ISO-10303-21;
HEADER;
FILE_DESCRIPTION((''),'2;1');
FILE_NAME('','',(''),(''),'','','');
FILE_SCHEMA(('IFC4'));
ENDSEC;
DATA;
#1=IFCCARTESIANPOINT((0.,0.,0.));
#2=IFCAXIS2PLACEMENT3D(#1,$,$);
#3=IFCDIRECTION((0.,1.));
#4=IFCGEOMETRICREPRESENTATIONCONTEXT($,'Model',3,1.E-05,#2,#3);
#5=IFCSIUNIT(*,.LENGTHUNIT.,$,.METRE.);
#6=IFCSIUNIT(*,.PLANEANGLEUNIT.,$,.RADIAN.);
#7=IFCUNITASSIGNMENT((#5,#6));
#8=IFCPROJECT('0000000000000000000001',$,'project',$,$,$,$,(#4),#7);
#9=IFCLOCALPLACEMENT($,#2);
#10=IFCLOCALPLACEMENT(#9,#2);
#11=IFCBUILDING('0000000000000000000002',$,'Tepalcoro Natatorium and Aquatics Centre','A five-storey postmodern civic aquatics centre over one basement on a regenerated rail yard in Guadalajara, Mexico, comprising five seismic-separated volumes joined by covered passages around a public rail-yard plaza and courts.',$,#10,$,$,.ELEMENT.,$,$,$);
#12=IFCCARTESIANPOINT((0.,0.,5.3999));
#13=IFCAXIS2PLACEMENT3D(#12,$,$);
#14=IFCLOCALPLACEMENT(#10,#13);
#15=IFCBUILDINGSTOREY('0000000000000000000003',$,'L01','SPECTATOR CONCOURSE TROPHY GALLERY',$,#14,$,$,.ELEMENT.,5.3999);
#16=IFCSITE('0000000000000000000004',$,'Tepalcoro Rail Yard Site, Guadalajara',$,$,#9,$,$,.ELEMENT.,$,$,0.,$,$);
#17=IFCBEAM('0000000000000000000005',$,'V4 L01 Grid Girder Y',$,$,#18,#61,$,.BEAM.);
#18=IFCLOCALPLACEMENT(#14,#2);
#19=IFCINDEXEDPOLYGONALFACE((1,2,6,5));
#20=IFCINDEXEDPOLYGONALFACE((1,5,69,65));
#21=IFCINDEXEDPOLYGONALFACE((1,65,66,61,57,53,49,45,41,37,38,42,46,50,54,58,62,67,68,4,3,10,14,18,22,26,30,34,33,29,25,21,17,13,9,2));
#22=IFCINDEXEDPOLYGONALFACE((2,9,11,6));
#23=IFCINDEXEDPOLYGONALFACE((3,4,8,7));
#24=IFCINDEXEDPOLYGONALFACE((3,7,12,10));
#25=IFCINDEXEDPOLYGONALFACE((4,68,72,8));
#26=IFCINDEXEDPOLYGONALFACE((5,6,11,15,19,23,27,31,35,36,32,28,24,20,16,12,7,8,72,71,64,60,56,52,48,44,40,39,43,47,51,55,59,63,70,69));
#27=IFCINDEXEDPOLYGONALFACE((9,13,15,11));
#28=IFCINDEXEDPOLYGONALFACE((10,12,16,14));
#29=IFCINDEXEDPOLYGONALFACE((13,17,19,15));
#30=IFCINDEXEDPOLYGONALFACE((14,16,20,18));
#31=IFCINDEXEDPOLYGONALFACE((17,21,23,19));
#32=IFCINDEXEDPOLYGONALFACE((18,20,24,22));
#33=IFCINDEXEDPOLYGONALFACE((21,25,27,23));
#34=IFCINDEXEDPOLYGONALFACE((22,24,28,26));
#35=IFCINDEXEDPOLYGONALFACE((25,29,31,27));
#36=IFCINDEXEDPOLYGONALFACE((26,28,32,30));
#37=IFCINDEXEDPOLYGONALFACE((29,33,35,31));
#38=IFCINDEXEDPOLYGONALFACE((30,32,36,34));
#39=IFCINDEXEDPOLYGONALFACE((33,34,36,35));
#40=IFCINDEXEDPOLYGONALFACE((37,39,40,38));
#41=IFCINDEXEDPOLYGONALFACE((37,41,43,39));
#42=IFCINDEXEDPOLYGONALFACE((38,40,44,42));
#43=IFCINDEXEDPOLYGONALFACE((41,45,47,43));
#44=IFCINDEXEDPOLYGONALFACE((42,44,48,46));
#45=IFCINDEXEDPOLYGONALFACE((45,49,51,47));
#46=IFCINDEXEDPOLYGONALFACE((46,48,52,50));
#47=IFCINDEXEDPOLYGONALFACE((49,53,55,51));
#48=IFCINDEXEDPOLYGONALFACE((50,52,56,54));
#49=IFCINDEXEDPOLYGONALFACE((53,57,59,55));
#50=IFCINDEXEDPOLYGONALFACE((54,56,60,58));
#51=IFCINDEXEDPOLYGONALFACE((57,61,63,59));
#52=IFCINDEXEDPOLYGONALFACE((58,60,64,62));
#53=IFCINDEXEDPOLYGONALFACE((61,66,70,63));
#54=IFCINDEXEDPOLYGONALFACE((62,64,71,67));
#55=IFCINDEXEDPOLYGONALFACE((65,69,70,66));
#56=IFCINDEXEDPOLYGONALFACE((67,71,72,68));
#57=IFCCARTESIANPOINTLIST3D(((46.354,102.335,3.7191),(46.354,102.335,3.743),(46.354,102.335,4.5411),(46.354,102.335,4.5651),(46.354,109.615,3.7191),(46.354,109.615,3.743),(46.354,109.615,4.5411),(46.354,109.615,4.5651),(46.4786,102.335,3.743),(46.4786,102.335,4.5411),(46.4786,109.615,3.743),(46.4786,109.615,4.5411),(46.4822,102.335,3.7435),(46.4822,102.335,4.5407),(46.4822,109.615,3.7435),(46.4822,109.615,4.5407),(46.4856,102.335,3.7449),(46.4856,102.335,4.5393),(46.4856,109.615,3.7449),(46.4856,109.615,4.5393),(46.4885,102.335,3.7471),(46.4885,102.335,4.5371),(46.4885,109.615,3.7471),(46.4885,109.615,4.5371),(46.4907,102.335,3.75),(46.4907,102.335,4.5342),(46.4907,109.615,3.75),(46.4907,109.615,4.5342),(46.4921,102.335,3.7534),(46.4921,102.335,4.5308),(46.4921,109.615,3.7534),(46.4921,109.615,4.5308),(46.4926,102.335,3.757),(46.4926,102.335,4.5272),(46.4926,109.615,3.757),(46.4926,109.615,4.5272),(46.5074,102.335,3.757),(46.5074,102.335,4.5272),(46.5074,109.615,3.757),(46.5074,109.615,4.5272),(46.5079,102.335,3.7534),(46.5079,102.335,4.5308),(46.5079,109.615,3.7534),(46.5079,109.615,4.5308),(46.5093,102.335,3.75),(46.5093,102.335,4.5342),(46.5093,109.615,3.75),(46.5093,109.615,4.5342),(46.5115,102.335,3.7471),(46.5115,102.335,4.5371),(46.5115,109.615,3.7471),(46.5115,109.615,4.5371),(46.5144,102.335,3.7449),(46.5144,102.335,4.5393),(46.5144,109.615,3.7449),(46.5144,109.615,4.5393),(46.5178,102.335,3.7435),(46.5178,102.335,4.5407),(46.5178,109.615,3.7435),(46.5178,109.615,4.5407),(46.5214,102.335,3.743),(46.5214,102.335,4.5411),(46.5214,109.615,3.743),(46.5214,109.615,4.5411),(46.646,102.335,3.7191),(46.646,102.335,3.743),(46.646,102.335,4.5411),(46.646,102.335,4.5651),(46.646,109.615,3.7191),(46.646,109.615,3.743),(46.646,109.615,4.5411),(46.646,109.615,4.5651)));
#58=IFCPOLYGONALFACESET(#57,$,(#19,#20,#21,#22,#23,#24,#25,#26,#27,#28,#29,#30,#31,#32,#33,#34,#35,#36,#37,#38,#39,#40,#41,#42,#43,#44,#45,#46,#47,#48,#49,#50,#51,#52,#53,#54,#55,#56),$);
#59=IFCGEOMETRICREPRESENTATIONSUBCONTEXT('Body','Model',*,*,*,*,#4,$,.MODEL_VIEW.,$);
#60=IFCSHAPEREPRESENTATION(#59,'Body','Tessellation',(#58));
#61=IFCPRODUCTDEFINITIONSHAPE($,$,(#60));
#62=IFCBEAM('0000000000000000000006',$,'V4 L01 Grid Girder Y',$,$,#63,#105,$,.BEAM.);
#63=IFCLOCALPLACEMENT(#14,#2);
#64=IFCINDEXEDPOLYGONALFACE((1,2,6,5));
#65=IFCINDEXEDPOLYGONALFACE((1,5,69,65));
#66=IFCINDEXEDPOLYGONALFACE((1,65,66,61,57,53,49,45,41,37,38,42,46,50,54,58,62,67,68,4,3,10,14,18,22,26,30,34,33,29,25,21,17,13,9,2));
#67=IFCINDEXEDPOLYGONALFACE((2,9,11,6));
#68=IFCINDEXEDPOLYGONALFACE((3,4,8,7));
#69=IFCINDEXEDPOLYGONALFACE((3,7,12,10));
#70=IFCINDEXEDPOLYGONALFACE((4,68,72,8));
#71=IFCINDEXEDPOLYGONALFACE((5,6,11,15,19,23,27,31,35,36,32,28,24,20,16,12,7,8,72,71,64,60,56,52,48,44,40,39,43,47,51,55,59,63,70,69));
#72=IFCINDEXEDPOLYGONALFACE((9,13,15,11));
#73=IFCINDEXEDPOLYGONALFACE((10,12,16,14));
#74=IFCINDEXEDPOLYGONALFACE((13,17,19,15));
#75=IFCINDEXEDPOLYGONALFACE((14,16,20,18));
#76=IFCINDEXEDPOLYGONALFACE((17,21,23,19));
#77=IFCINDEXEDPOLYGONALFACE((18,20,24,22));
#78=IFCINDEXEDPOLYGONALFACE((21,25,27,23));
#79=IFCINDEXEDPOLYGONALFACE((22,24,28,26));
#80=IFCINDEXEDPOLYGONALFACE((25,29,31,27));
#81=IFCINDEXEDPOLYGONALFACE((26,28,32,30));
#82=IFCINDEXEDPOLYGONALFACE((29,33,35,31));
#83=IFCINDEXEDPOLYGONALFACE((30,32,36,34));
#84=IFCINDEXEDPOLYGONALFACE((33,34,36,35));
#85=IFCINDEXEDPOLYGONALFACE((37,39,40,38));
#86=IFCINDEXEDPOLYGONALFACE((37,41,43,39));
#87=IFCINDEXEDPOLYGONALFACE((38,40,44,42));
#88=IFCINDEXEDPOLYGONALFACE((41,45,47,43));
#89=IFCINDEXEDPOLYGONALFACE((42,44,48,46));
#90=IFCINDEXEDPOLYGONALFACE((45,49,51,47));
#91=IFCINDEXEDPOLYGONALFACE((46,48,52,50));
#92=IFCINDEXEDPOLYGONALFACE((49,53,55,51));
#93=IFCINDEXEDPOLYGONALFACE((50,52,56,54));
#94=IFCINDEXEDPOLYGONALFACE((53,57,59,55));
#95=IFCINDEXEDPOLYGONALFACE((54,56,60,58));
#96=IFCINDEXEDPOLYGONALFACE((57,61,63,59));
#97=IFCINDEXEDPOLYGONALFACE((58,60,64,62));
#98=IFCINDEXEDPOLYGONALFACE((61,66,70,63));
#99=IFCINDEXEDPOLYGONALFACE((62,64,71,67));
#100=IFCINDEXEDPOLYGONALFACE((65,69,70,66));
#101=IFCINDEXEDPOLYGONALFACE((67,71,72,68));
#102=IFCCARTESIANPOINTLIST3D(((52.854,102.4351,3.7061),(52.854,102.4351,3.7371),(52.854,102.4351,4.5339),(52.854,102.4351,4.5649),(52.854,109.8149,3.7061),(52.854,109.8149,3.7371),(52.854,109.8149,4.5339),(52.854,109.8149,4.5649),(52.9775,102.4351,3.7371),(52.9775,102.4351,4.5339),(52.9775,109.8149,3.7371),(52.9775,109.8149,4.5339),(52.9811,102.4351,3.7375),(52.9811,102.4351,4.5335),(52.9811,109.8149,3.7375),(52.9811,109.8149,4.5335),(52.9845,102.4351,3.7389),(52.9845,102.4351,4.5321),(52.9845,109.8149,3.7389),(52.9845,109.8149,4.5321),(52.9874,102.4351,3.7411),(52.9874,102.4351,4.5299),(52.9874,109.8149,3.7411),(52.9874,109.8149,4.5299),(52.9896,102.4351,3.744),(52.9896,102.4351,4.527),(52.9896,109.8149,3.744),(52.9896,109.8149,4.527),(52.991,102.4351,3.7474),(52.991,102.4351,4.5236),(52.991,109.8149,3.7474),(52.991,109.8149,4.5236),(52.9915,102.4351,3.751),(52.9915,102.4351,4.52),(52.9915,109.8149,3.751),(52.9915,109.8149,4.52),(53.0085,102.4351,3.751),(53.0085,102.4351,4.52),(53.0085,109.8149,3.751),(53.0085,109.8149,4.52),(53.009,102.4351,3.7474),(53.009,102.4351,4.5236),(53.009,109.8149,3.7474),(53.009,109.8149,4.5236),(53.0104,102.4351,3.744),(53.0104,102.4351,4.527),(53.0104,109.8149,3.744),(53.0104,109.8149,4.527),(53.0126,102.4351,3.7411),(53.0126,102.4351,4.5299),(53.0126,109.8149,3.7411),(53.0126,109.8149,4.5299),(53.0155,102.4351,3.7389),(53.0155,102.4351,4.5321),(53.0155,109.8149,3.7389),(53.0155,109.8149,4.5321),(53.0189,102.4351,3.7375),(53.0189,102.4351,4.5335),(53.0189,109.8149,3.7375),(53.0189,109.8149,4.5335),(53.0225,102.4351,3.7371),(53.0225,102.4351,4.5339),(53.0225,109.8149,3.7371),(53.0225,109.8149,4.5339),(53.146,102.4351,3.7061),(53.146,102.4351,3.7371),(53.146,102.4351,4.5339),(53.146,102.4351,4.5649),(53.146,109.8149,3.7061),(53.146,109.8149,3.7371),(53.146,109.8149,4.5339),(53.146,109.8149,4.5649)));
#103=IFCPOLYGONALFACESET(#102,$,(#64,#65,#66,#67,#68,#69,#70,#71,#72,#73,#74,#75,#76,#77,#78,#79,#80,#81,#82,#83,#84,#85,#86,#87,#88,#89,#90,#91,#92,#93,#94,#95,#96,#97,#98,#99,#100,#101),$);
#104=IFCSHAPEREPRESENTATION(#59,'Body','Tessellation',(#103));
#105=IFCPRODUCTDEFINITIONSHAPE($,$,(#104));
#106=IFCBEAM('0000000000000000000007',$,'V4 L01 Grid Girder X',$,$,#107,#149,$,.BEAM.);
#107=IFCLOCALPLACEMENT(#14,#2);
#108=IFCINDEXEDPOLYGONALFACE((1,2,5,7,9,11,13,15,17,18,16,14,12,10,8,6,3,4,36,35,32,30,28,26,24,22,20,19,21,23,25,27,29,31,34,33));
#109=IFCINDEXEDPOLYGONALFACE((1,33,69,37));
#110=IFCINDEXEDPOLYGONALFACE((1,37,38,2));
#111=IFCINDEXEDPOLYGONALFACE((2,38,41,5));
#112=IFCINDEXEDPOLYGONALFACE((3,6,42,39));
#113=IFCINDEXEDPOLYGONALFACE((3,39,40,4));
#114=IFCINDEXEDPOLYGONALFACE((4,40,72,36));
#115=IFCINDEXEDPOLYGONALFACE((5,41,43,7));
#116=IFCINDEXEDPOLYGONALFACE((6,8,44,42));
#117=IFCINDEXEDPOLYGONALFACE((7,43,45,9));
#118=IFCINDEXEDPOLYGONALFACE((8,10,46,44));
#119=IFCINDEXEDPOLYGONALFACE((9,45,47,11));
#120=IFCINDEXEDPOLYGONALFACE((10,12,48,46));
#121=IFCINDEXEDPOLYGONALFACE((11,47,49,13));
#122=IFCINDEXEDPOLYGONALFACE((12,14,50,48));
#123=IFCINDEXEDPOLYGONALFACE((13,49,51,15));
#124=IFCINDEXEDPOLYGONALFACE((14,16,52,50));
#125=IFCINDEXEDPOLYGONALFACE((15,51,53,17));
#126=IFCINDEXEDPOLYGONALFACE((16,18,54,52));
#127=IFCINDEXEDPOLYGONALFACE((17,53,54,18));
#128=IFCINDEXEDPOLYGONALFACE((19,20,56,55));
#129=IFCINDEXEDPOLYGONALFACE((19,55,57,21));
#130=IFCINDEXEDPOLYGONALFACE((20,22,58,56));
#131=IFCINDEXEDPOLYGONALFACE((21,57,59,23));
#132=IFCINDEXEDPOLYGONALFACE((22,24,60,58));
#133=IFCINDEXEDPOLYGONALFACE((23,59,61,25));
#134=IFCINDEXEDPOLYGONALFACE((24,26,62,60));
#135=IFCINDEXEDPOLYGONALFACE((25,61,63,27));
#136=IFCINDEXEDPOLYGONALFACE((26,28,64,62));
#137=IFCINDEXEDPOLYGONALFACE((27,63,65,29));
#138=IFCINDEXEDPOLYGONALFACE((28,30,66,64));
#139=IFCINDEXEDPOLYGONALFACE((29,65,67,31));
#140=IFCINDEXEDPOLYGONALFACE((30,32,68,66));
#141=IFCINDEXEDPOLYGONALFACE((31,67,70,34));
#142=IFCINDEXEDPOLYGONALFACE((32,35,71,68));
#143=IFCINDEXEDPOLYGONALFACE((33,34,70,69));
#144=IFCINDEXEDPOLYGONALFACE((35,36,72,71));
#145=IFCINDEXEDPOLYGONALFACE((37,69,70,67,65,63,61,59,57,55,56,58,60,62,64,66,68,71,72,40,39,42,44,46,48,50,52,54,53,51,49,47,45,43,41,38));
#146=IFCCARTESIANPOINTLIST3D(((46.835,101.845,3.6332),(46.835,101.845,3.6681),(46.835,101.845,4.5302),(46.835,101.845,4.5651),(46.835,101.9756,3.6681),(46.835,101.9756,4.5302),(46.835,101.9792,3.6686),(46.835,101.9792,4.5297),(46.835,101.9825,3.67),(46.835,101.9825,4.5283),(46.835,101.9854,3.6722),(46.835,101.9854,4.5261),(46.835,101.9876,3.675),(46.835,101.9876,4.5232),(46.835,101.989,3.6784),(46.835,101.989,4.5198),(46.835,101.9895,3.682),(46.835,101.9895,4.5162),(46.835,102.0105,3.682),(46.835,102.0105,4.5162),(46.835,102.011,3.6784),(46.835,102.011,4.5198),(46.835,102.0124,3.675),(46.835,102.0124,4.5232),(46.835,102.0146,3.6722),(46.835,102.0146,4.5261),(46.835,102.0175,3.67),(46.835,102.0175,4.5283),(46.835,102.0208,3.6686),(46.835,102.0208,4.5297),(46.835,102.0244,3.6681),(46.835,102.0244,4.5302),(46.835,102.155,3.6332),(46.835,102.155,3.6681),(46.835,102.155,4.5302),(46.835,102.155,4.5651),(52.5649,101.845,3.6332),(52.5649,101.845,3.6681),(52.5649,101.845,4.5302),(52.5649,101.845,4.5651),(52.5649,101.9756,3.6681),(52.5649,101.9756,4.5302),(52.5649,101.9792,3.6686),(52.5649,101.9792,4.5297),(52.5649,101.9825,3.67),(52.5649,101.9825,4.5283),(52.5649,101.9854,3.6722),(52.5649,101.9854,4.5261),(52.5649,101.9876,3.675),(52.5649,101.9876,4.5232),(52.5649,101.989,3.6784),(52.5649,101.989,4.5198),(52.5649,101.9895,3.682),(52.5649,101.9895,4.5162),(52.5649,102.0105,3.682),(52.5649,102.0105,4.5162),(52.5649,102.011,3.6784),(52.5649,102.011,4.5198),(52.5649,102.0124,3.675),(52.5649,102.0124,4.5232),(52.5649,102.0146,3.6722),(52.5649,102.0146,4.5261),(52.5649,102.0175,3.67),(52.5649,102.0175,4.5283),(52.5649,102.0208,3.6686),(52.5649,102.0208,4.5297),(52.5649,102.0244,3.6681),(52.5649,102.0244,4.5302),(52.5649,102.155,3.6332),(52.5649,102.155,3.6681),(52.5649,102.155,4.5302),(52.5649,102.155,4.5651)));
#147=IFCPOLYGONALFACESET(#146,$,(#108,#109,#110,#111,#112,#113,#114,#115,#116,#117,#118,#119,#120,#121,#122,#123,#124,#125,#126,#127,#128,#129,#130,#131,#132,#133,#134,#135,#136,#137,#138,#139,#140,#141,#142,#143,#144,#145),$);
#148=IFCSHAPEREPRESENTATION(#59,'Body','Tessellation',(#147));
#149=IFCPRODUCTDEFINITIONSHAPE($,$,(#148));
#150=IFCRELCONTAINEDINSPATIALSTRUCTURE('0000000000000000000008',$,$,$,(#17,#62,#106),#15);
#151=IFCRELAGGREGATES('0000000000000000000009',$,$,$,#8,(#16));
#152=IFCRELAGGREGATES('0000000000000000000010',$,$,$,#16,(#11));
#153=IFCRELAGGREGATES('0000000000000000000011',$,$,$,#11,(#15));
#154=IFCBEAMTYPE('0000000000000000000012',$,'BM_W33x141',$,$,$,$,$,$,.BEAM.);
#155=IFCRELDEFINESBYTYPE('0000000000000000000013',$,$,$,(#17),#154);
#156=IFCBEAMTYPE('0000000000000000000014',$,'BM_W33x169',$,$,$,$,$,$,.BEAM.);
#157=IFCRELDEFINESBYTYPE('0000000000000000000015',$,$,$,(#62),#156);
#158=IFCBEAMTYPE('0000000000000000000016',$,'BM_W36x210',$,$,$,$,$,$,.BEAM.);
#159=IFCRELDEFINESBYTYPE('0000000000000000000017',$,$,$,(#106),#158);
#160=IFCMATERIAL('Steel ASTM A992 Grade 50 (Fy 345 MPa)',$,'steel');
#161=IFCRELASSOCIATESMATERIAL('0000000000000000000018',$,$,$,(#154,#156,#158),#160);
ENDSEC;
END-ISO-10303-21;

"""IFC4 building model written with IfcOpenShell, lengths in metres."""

from ifc_helpers import new_model, si_unit, direction, frame, origin, origin_2d, place, context, subcontext, project, spatial, i_section, extrude, material, material_profile, profile_set, type_object, element, save


model = new_model("IFC4")

# Units and contexts
model_context = context("Model", 3, precision=1e-05, world=origin(), true_north=direction((0.0, 1.0)))
body_context = subcontext(model_context, "Body", "Model", "MODEL_VIEW")
ifc_project = project(units=[si_unit("LENGTHUNIT", "METRE"), si_unit("PLANEANGLEUNIT", "RADIAN")], contexts=[model_context])

# Site, building, storey
site_placement = place(None, origin())
site = spatial("IfcSite", under=ifc_project, at=site_placement, Name="Tepalcoro Rail Yard Site, Guadalajara", CompositionType="ELEMENT", RefElevation=0.0)
building_placement = place(site_placement, origin())
building = spatial("IfcBuilding", under=site, at=building_placement, Name="Tepalcoro Natatorium and Aquatics Centre", Description="A five-storey postmodern civic aquatics centre over one basement on a regenerated rail yard in Guadalajara, Mexico, comprising five seismic-separated volumes joined by covered passages around a public rail-yard plaza and courts.", CompositionType="ELEMENT")
storey_placement = place(building_placement, frame((0.0, 0.0, 5.3999)))
storey = spatial("IfcBuildingStorey", under=building, at=storey_placement, Name="L01", Description="SPECTATOR CONCOURSE TROPHY GALLERY", CompositionType="ELEMENT", Elevation=5.3999)

# Beams
ifc_material_1 = material(Name="Steel ASTM A992 Grade 50 (Fy 345 MPa)", Category="steel")
ifc_material_profile_1 = material_profile(ifc_material_1, i_section(OverallWidth=0.292, OverallDepth=0.8459, WebThickness=0.0149, FlangeThickness=0.0239, FilletRadius=0.0139, at=origin_2d()), Name="W33X141")
ifc_profile_set_1 = profile_set([ifc_material_profile_1], Name="Steel ASTM A992 Grade 50 (Fy 345 MPa)")
beam_type_1 = type_object("IfcBeamType", Name="BM_W33x141", PredefinedType="BEAM", material=ifc_profile_set_1)
beam_1_placement = place(storey_placement, frame((46.5, 102.335, 4.1421), z_axis=(0.0, 1.0, 0.0), x_axis=(-1.0, 0.0, 0.0)))
element("IfcBeam", 1, at=beam_1_placement, inside=storey, type_object=beam_type_1, Name="V4 L01 Grid Girder Y", PredefinedType="BEAM", context=body_context, shape_type="SweptSolid", body=[
    extrude(i_section(OverallWidth=0.292, OverallDepth=0.8459, WebThickness=0.0149, FlangeThickness=0.0239, FilletRadius=0.0139, at=origin_2d()), origin(), (0.0, 0.0, 1.0), 7.28),
])
ifc_material_profile_2 = material_profile(ifc_material_1, i_section(OverallWidth=0.292, OverallDepth=0.8589, WebThickness=0.0171, FlangeThickness=0.031, FilletRadius=0.0139, at=origin_2d()), Name="W33X169")
ifc_profile_set_2 = profile_set([ifc_material_profile_2], Name="Steel ASTM A992 Grade 50 (Fy 345 MPa)")
beam_type_2 = type_object("IfcBeamType", Name="BM_W33x169", PredefinedType="BEAM", material=ifc_profile_set_2)
beam_2_placement = place(storey_placement, frame((53.0, 102.4351, 4.1355), z_axis=(0.0, 1.0, 0.0), x_axis=(-1.0, 0.0, 0.0)))
element("IfcBeam", 2, at=beam_2_placement, inside=storey, type_object=beam_type_2, Name="V4 L01 Grid Girder Y", PredefinedType="BEAM", context=body_context, shape_type="SweptSolid", body=[
    extrude(i_section(OverallWidth=0.292, OverallDepth=0.8589, WebThickness=0.0171, FlangeThickness=0.031, FilletRadius=0.0139, at=origin_2d()), origin(), (0.0, 0.0, 1.0), 7.3799),
])
ifc_material_profile_3 = material_profile(ifc_material_1, i_section(OverallWidth=0.3101, OverallDepth=0.9319, WebThickness=0.021, FlangeThickness=0.0349, FilletRadius=0.0139, at=origin_2d()), Name="W36X210")
ifc_profile_set_3 = profile_set([ifc_material_profile_3], Name="Steel ASTM A992 Grade 50 (Fy 345 MPa)")
beam_type_3 = type_object("IfcBeamType", Name="BM_W36x210", PredefinedType="BEAM", material=ifc_profile_set_3)
beam_3_placement = place(storey_placement, frame((46.835, 102.0, 4.0991), z_axis=(1.0, 0.0, 0.0), x_axis=(0.0, 1.0, 0.0)))
element("IfcBeam", 3, at=beam_3_placement, inside=storey, type_object=beam_type_3, Name="V4 L01 Grid Girder X", PredefinedType="BEAM", context=body_context, shape_type="SweptSolid", body=[
    extrude(i_section(OverallWidth=0.3101, OverallDepth=0.9319, WebThickness=0.021, FlangeThickness=0.0349, FilletRadius=0.0139, at=origin_2d()), origin(), (0.0, 0.0, 1.0), 5.73),
])

save(model, "model.ifc")
